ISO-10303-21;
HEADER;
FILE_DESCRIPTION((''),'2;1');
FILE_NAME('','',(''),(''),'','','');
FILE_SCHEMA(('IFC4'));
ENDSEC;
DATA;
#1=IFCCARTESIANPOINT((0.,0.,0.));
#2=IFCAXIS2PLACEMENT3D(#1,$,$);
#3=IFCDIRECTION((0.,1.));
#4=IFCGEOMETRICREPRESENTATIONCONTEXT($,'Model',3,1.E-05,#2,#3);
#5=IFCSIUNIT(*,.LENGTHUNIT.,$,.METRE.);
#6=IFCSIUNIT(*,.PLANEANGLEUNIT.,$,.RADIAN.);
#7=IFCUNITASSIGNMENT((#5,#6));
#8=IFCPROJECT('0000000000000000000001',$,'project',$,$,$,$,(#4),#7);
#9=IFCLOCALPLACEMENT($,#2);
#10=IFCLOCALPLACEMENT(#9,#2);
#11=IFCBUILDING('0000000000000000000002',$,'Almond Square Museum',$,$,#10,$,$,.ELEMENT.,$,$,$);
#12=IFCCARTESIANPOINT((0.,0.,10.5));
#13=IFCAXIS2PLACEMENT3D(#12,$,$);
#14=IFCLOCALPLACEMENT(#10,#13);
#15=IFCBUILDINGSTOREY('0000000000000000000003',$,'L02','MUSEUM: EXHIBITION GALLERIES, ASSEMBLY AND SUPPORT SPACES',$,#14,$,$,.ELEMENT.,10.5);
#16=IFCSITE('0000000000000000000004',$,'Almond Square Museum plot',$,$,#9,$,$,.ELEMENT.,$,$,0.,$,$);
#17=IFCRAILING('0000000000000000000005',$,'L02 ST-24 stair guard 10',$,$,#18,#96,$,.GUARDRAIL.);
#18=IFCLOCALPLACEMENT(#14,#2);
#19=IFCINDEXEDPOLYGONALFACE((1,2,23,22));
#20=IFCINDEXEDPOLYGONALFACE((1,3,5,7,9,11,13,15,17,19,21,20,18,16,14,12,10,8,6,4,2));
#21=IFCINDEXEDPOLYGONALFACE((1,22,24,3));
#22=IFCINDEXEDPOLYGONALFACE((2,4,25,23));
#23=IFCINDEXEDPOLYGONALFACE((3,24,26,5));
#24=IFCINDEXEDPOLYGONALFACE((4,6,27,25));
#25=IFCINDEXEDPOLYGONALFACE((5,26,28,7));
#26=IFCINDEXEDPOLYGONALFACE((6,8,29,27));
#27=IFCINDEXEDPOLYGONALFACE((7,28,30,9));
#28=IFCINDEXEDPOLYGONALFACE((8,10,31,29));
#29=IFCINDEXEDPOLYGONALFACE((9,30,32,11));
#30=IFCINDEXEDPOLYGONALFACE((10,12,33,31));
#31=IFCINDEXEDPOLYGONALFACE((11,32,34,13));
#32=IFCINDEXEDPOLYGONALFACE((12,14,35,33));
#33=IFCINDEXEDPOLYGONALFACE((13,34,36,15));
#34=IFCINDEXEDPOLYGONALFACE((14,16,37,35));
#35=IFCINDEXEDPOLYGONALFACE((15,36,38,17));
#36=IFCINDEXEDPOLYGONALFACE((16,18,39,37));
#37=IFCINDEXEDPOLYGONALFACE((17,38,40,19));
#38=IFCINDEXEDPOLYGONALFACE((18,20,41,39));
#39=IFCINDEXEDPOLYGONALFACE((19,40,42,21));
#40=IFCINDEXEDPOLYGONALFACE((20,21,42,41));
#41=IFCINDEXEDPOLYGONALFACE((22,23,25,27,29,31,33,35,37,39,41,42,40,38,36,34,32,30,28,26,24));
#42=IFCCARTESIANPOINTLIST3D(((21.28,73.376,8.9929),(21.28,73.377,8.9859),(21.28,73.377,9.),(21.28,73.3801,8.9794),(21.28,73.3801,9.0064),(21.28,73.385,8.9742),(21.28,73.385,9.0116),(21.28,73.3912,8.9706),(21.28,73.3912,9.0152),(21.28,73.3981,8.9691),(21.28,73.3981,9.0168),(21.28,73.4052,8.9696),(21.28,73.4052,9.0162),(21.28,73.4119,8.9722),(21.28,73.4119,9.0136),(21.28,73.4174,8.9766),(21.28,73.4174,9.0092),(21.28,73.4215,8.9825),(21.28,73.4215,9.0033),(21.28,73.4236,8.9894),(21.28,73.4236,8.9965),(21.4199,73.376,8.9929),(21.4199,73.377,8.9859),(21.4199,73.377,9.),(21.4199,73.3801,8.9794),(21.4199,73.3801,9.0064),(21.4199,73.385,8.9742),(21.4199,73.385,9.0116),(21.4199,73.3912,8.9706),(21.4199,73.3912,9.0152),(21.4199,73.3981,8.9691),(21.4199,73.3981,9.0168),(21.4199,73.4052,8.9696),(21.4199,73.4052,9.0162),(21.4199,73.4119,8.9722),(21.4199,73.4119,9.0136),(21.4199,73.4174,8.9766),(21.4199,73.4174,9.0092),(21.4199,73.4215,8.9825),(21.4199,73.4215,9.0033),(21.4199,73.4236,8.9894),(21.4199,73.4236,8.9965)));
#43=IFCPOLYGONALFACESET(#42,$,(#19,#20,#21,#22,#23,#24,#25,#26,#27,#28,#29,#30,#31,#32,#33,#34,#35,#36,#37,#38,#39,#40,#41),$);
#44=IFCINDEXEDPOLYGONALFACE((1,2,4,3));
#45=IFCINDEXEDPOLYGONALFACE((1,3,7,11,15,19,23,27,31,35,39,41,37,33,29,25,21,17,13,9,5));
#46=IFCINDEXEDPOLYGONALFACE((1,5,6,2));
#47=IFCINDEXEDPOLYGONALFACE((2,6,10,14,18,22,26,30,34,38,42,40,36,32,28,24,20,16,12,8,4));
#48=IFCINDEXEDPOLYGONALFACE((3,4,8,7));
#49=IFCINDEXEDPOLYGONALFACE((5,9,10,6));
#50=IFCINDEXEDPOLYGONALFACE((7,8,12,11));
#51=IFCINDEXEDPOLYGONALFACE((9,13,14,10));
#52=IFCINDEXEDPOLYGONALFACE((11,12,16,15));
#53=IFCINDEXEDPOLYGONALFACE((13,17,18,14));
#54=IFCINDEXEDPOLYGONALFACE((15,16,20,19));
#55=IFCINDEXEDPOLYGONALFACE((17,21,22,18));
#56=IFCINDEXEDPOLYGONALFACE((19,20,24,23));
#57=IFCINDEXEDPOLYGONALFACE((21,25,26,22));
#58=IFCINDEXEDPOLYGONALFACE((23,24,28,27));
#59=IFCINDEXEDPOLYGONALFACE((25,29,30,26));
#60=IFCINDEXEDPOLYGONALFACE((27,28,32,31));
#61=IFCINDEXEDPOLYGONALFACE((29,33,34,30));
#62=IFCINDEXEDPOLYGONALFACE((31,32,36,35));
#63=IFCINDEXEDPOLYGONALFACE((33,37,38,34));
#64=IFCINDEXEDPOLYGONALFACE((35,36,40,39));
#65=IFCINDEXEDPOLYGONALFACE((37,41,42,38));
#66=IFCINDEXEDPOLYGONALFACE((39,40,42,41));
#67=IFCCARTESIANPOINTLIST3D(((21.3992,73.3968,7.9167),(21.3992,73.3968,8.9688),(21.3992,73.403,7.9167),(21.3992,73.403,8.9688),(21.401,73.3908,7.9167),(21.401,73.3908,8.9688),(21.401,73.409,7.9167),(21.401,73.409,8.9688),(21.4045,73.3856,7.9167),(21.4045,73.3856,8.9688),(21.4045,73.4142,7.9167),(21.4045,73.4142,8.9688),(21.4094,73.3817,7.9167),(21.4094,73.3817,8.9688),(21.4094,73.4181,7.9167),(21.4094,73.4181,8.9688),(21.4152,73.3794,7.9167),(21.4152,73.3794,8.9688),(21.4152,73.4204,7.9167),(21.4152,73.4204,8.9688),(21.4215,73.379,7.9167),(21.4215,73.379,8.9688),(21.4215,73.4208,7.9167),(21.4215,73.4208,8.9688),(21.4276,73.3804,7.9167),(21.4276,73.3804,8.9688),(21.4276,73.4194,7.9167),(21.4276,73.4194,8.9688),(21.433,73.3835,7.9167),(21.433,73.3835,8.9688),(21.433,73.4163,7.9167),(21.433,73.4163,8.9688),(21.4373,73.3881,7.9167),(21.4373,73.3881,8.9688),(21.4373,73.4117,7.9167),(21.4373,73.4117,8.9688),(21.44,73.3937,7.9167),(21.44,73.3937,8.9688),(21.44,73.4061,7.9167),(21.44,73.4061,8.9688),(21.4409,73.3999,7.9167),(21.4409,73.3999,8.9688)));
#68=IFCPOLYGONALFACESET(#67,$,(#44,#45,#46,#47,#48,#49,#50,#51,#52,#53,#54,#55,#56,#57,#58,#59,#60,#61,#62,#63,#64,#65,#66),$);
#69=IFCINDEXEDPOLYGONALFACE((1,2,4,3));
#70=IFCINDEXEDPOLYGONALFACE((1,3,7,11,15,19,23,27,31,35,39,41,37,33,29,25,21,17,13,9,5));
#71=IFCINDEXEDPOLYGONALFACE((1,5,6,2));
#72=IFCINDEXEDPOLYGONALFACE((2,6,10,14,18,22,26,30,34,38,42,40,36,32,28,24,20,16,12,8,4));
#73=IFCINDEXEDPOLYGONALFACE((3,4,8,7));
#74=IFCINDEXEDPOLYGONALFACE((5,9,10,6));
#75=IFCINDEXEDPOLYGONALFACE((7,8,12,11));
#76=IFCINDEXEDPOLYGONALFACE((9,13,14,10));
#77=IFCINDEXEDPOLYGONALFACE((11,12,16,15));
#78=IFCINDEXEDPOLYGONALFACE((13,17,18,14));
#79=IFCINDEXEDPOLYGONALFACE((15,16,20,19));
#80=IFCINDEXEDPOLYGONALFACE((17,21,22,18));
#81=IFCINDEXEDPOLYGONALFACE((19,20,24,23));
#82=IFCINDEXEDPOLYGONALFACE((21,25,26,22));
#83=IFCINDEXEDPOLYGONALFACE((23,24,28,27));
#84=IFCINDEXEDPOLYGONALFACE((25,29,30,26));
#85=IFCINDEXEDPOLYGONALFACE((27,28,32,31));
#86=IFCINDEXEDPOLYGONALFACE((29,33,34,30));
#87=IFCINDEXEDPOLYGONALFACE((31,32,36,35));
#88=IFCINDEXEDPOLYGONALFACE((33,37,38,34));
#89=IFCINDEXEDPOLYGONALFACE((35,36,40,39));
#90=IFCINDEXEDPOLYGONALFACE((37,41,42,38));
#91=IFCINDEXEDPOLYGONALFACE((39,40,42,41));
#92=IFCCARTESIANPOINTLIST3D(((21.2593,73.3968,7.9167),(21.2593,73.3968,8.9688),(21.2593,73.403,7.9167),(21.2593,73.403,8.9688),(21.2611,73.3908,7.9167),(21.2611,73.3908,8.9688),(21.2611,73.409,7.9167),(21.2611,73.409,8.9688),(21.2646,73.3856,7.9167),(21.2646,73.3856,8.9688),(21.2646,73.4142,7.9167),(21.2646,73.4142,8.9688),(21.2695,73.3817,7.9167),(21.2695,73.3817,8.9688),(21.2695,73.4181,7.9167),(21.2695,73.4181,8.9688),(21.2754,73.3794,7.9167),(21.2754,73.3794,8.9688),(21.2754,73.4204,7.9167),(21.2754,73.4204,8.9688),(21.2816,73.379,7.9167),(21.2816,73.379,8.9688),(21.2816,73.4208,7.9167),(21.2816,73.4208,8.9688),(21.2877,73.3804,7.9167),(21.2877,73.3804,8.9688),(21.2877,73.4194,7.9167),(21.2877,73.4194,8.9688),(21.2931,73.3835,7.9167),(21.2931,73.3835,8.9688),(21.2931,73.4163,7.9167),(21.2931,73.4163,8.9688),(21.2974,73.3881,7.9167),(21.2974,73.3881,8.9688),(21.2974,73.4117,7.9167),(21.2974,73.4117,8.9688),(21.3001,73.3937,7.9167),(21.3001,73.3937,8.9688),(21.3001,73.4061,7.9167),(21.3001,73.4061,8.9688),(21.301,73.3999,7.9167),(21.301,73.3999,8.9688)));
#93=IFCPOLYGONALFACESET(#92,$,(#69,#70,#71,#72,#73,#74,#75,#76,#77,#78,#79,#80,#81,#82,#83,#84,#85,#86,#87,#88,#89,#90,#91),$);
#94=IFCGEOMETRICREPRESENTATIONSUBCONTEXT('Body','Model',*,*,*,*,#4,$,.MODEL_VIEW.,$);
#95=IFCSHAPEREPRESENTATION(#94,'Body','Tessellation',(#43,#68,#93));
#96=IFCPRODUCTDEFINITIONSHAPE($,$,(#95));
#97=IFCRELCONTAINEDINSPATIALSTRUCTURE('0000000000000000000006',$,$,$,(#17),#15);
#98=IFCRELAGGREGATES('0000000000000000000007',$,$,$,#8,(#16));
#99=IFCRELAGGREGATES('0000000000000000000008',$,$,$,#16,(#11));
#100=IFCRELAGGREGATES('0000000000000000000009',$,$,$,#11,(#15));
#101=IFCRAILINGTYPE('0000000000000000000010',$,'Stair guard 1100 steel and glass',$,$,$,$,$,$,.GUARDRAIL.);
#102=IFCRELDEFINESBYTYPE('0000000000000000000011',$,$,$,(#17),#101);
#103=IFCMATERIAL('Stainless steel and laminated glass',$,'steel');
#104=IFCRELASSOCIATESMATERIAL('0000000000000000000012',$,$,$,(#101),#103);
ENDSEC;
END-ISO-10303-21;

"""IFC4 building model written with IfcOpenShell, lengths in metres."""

from ifc_helpers import new_model, si_unit, direction, frame, origin, origin_2d, place, context, subcontext, project, spatial, circle, extrude, material, type_object, element, save


model = new_model("IFC4")

# Units and contexts
model_context = context("Model", 3, precision=1e-05, world=origin(), true_north=direction((0.0, 1.0)))
body_context = subcontext(model_context, "Body", "Model", "MODEL_VIEW")
ifc_project = project(units=[si_unit("LENGTHUNIT", "METRE"), si_unit("PLANEANGLEUNIT", "RADIAN")], contexts=[model_context])

# Site, building, storey
site_placement = place(None, origin())
site = spatial("IfcSite", under=ifc_project, at=site_placement, Name="Almond Square Museum plot", CompositionType="ELEMENT", RefElevation=0.0)
building_placement = place(site_placement, origin())
building = spatial("IfcBuilding", under=site, at=building_placement, Name="Almond Square Museum", CompositionType="ELEMENT")
storey_placement = place(building_placement, frame((0.0, 0.0, 10.5)))
storey = spatial("IfcBuildingStorey", under=building, at=storey_placement, Name="L02", Description="MUSEUM: EXHIBITION GALLERIES, ASSEMBLY AND SUPPORT SPACES", CompositionType="ELEMENT", Elevation=10.5)

# Railing
ifc_material_1 = material(Name="Stainless steel and laminated glass", Category="steel")
railing_type_1 = type_object("IfcRailingType", Name="Stair guard 1100 steel and glass", PredefinedType="GUARDRAIL", material=ifc_material_1)
railing_1_placement = place(storey_placement, frame((21.4199, 73.3999, 7.9167)))
element("IfcRailing", 1, at=railing_1_placement, inside=storey, type_object=railing_type_1, Name="L02 ST-24 stair guard 10", PredefinedType="GUARDRAIL", context=body_context, shape_type="SweptSolid", body=[
    extrude(circle(Radius=0.0239, at=origin_2d()), frame((0.0, 0.0, 1.0762), z_axis=(-1.0, 0.0, 0.0), x_axis=(0.0, -1.0, 0.0)), (0.0, 0.0, 1.0), 0.1399),
    extrude(circle(Radius=0.021, at=origin_2d()), origin(), (0.0, 0.0, 1.0), 1.052),
    extrude(circle(Radius=0.021, at=origin_2d()), frame((-0.1399, 0.0, 0.0)), (0.0, 0.0, 1.0), 1.052),
])

save(model, "model.ifc")
